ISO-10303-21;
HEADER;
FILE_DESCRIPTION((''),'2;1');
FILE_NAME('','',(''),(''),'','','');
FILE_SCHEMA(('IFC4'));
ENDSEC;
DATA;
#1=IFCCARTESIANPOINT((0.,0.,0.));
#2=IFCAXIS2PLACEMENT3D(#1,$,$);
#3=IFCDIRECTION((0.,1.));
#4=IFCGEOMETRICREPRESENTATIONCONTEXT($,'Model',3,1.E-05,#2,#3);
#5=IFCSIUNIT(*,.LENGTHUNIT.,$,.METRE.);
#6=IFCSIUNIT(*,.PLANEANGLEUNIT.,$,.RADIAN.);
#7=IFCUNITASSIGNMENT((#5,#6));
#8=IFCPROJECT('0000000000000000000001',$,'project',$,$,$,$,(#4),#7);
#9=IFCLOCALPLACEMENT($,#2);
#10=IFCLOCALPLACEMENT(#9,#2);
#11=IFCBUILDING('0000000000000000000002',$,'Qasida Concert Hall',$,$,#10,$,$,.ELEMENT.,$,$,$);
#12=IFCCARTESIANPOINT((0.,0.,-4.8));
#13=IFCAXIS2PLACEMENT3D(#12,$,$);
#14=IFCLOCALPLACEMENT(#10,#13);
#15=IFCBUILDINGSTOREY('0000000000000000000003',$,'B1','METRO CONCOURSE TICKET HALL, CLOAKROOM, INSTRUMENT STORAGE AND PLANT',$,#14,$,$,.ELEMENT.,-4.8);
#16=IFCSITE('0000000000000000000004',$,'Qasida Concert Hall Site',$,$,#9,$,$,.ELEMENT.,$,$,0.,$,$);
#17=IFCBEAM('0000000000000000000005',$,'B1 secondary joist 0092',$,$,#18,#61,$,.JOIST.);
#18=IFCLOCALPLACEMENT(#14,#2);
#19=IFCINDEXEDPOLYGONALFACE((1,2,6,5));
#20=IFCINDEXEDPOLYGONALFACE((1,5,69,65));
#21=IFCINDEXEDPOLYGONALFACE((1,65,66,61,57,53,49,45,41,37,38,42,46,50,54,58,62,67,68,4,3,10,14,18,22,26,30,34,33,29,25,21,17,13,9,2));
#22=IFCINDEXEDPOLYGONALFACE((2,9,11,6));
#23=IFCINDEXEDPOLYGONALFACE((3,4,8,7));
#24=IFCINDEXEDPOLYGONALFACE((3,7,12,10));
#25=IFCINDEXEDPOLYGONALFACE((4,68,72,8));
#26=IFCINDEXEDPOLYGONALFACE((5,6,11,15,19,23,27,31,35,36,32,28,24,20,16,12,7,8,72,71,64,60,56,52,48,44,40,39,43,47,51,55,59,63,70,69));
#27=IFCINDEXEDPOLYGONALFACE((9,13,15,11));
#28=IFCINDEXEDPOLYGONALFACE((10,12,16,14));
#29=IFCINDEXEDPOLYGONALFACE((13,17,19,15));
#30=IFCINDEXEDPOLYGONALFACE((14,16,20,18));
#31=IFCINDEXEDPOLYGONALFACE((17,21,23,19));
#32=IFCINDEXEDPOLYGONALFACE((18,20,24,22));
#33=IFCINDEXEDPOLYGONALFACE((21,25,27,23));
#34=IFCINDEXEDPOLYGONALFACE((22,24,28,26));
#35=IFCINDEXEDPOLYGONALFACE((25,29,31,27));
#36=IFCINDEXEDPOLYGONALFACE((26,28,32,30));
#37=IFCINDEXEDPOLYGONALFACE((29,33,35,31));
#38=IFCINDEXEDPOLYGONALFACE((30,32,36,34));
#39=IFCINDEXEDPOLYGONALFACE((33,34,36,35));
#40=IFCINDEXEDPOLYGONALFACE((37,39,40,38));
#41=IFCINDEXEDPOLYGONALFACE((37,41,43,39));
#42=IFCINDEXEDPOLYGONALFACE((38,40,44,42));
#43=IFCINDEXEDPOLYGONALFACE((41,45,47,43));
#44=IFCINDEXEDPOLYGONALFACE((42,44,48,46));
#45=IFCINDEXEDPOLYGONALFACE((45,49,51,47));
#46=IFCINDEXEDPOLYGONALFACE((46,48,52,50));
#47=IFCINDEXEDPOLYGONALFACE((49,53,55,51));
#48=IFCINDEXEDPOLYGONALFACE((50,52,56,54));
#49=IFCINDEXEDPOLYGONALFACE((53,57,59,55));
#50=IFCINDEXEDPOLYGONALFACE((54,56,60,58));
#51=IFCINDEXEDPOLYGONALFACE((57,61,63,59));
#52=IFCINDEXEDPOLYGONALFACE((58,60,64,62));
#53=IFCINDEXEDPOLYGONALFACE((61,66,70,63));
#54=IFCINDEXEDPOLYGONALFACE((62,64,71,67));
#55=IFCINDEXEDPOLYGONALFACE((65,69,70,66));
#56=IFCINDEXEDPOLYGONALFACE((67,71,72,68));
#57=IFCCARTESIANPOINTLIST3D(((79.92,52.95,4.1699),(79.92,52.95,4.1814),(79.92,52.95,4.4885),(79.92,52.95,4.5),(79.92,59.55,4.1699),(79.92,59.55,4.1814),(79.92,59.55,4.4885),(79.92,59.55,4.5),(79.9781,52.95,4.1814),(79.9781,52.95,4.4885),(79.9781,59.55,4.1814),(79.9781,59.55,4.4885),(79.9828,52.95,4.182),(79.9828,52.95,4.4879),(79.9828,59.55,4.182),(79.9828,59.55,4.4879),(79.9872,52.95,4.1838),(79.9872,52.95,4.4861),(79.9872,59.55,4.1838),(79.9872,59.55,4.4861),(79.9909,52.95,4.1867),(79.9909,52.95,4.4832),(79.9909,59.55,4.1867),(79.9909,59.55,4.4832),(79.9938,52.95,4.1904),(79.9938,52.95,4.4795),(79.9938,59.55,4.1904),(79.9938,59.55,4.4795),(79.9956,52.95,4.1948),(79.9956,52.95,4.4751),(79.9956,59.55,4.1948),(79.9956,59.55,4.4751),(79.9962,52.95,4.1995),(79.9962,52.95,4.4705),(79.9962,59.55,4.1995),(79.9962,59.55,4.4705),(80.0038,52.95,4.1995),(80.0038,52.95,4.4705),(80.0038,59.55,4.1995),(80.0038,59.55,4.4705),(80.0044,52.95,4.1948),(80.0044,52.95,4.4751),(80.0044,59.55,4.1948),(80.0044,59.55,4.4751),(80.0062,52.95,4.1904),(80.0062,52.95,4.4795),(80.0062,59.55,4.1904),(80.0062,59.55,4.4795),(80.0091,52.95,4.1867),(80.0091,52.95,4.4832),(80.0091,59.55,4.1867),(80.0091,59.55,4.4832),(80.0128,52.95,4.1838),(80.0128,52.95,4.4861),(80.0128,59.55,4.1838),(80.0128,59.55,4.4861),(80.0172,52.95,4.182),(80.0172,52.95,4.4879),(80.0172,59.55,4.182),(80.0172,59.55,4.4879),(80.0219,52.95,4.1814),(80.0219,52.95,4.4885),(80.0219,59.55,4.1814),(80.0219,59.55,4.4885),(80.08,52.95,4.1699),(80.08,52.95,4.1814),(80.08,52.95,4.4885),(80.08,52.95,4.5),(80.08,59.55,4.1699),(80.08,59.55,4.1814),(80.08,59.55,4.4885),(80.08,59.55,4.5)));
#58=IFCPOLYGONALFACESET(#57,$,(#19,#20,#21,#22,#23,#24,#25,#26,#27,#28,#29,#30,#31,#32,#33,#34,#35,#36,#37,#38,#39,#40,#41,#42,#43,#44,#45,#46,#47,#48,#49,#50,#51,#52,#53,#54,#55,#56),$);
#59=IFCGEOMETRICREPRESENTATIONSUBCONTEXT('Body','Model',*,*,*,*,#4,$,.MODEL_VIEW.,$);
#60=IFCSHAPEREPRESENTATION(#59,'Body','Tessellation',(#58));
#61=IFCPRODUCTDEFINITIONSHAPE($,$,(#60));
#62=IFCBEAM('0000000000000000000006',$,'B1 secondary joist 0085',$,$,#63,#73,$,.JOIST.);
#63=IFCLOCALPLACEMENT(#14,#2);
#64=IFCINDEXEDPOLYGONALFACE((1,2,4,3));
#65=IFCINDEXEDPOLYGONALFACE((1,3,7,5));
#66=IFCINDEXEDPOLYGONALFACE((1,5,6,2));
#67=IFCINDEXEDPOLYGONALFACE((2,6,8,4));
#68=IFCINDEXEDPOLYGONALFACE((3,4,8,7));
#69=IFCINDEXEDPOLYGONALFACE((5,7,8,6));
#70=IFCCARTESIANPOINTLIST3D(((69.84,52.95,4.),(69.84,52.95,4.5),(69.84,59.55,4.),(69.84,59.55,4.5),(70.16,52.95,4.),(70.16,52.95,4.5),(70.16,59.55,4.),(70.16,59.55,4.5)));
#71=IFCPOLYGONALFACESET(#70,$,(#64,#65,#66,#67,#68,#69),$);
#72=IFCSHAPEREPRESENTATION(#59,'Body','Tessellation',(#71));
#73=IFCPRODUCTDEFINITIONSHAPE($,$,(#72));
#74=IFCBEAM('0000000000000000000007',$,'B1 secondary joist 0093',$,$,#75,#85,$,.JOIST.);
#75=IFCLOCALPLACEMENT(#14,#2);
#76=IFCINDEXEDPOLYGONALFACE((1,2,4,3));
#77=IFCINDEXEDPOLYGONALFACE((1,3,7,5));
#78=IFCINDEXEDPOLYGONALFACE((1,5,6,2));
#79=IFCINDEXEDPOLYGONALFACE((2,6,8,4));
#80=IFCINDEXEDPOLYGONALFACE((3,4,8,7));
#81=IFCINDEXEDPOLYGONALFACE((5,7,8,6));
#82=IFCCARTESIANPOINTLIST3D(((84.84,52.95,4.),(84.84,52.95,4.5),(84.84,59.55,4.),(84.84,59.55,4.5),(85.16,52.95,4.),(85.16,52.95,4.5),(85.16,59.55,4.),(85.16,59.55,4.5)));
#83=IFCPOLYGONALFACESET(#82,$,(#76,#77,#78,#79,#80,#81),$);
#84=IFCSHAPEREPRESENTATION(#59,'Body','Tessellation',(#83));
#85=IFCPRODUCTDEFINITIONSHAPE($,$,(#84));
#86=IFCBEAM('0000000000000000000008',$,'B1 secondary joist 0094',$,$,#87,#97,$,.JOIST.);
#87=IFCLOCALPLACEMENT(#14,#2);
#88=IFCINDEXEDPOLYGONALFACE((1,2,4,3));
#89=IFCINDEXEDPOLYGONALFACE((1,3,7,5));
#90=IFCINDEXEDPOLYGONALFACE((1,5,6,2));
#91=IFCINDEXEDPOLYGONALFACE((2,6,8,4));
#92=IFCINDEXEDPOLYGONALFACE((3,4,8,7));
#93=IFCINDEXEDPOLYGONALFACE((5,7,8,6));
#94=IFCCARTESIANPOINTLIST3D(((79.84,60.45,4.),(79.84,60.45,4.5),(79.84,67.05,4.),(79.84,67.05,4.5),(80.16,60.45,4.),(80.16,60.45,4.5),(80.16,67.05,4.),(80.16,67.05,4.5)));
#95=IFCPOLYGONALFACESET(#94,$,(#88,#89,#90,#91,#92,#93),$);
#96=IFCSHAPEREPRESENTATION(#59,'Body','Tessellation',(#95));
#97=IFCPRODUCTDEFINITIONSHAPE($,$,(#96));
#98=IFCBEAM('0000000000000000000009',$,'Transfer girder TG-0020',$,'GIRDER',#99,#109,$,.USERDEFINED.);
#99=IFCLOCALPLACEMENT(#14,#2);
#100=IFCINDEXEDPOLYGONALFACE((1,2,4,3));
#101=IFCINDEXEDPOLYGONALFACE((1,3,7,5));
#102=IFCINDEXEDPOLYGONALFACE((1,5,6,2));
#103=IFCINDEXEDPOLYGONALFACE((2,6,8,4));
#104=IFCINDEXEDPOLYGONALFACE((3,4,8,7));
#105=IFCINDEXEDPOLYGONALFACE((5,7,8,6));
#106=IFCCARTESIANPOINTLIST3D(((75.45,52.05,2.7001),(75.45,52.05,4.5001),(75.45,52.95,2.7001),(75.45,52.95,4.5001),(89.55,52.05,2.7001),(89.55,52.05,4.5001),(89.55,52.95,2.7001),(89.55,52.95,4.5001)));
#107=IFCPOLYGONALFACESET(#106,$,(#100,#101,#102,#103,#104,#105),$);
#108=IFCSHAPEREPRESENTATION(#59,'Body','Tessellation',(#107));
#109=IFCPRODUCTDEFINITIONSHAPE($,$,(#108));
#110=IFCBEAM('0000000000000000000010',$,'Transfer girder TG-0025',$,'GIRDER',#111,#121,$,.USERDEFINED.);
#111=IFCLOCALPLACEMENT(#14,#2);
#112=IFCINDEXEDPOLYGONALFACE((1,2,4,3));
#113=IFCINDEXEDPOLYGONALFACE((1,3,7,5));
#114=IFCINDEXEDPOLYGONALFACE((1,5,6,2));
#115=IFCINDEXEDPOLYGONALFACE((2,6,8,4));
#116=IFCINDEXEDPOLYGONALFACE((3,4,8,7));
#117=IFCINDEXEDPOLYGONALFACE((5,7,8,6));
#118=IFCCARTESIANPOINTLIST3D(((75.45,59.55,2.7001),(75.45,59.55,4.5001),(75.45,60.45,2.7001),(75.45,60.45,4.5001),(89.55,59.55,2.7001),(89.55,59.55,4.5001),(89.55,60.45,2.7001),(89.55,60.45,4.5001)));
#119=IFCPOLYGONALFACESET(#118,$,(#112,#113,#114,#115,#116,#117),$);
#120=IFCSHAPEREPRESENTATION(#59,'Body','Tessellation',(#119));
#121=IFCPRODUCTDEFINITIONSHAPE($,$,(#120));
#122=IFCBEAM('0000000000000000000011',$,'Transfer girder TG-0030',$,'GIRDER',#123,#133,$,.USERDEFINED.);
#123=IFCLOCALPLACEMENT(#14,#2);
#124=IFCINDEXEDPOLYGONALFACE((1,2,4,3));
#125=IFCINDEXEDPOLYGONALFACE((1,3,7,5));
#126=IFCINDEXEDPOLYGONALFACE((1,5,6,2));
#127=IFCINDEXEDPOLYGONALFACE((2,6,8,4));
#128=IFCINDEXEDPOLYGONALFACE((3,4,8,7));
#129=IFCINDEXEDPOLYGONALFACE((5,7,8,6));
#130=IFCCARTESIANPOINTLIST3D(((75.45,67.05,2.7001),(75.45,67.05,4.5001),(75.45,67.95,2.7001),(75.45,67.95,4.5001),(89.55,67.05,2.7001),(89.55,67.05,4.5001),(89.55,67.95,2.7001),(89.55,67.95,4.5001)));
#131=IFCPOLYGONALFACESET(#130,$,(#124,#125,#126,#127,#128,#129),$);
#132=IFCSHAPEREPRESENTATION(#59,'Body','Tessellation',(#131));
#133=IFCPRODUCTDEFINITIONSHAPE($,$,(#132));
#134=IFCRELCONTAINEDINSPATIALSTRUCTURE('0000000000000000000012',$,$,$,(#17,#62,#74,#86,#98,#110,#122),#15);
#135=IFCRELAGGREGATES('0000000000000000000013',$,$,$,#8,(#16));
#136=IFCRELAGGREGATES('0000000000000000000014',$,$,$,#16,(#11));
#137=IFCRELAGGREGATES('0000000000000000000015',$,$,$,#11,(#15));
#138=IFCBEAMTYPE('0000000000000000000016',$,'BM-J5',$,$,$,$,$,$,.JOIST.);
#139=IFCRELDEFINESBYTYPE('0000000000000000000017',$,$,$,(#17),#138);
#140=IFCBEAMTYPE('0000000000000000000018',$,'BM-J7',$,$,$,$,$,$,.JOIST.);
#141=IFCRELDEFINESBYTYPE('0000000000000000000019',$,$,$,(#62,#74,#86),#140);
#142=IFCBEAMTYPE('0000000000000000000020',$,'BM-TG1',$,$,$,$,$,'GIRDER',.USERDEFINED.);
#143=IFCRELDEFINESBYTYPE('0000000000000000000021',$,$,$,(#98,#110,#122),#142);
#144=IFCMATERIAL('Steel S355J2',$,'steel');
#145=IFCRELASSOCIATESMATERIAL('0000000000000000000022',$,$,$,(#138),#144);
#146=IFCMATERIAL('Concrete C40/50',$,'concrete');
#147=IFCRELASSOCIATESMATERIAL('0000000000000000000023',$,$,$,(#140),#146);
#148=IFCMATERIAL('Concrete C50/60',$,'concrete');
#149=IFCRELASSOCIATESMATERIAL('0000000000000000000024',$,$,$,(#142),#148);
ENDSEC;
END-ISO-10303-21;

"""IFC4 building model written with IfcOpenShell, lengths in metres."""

from ifc_helpers import new_model, si_unit, direction, frame, origin, origin_2d, place, context, subcontext, project, spatial, rectangle, i_section, extrude, material, material_profile, profile_set, type_object, element, save


model = new_model("IFC4")

# Units and contexts
model_context = context("Model", 3, precision=1e-05, world=origin(), true_north=direction((0.0, 1.0)))
body_context = subcontext(model_context, "Body", "Model", "MODEL_VIEW")
ifc_project = project(units=[si_unit("LENGTHUNIT", "METRE"), si_unit("PLANEANGLEUNIT", "RADIAN")], contexts=[model_context])

# Site, building, storey
site_placement = place(None, origin())
site = spatial("IfcSite", under=ifc_project, at=site_placement, Name="Qasida Concert Hall Site", CompositionType="ELEMENT", RefElevation=0.0)
building_placement = place(site_placement, origin())
building = spatial("IfcBuilding", under=site, at=building_placement, Name="Qasida Concert Hall", CompositionType="ELEMENT")
storey_placement = place(building_placement, frame((0.0, 0.0, -4.8)))
storey = spatial("IfcBuildingStorey", under=building, at=storey_placement, Name="B1", Description="METRO CONCOURSE TICKET HALL, CLOAKROOM, INSTRUMENT STORAGE AND PLANT", CompositionType="ELEMENT", Elevation=-4.8)

# Shared definitions
ifc_material_1 = material(Name="Concrete C40/50", Category="concrete")

# Shared definitions
ifc_material_2 = material(Name="Concrete C50/60", Category="concrete")

# Beams
ifc_material_3 = material(Name="Steel S355J2", Category="steel")
ifc_material_profile_1 = material_profile(ifc_material_3, i_section(OverallWidth=0.1599, OverallDepth=0.3301, WebThickness=0.0076, FlangeThickness=0.0115, FilletRadius=0.0181, at=origin_2d()), Name="IPE 330")
ifc_profile_set_1 = profile_set([ifc_material_profile_1], Name="Steel S355J2")
beam_type_1 = type_object("IfcBeamType", Name="BM-J5", PredefinedType="JOIST", material=ifc_profile_set_1)
beam_1_placement = place(storey_placement, frame((80.0, 52.95, 4.335), z_axis=(0.0, 1.0, 0.0), x_axis=(-1.0, 0.0, 0.0)))
element("IfcBeam", 1, at=beam_1_placement, inside=storey, type_object=beam_type_1, Name="B1 secondary joist 0092", PredefinedType="JOIST", context=body_context, shape_type="SweptSolid", body=[
    extrude(i_section(OverallWidth=0.1599, OverallDepth=0.3301, WebThickness=0.0076, FlangeThickness=0.0115, FilletRadius=0.0181, at=origin_2d()), origin(), (0.0, 0.0, 1.0), 6.6001),
])
ifc_material_profile_2 = material_profile(ifc_material_1, rectangle(XDim=0.3201, YDim=0.5, at=origin_2d()), Name="RC 320x500")
ifc_profile_set_2 = profile_set([ifc_material_profile_2], Name="Concrete C40/50")
beam_type_2 = type_object("IfcBeamType", Name="BM-J7", PredefinedType="JOIST", material=ifc_profile_set_2)
for number, where, z_axis, x_axis, name in (
    (2, (70.0, 52.95, 4.25), (0.0, 1.0, 0.0), (-1.0, 0.0, 0.0), "B1 secondary joist 0085"),
    (3, (85.0, 52.95, 4.25), (0.0, 1.0, 0.0), (-1.0, 0.0, 0.0), "B1 secondary joist 0093"),
    (4, (80.0, 60.45, 4.25), (0.0, 1.0, 0.0), (-1.0, 0.0, 0.0), "B1 secondary joist 0094"),
):
    element("IfcBeam", number, at=place(storey_placement, frame(where, z_axis=z_axis, x_axis=x_axis)), inside=storey, type_object=beam_type_2, Name=name, PredefinedType="JOIST", context=body_context, shape_type="SweptSolid", body=[
        extrude(rectangle(XDim=0.3201, YDim=0.5, at=origin_2d()), origin(), (0.0, 0.0, 1.0), 6.6001),
    ])
ifc_material_profile_3 = material_profile(ifc_material_2, rectangle(XDim=0.8999, YDim=1.8, at=origin_2d()), Name="RC 900x1800")
ifc_profile_set_3 = profile_set([ifc_material_profile_3], Name="Concrete C50/60")
beam_type_3 = type_object("IfcBeamType", Name="BM-TG1", ElementType="GIRDER", PredefinedType="USERDEFINED", material=ifc_profile_set_3)
for number, where, z_axis, x_axis, name in (
    (5, (75.45, 52.5, 3.6001), (1.0, 0.0, 0.0), (0.0, 1.0, 0.0), "Transfer girder TG-0020"),
    (6, (75.45, 60.0, 3.6001), (1.0, 0.0, 0.0), (0.0, 1.0, 0.0), "Transfer girder TG-0025"),
    (7, (75.45, 67.5, 3.6001), (1.0, 0.0, 0.0), (0.0, 1.0, 0.0), "Transfer girder TG-0030"),
):
    element("IfcBeam", number, at=place(storey_placement, frame(where, z_axis=z_axis, x_axis=x_axis)), inside=storey, type_object=beam_type_3, Name=name, ObjectType="GIRDER", PredefinedType="USERDEFINED", context=body_context, shape_type="SweptSolid", body=[
        extrude(rectangle(XDim=0.8999, YDim=1.8, at=origin_2d()), origin(), (0.0, 0.0, 1.0), 14.1001),
    ])

save(model, "model.ifc")
